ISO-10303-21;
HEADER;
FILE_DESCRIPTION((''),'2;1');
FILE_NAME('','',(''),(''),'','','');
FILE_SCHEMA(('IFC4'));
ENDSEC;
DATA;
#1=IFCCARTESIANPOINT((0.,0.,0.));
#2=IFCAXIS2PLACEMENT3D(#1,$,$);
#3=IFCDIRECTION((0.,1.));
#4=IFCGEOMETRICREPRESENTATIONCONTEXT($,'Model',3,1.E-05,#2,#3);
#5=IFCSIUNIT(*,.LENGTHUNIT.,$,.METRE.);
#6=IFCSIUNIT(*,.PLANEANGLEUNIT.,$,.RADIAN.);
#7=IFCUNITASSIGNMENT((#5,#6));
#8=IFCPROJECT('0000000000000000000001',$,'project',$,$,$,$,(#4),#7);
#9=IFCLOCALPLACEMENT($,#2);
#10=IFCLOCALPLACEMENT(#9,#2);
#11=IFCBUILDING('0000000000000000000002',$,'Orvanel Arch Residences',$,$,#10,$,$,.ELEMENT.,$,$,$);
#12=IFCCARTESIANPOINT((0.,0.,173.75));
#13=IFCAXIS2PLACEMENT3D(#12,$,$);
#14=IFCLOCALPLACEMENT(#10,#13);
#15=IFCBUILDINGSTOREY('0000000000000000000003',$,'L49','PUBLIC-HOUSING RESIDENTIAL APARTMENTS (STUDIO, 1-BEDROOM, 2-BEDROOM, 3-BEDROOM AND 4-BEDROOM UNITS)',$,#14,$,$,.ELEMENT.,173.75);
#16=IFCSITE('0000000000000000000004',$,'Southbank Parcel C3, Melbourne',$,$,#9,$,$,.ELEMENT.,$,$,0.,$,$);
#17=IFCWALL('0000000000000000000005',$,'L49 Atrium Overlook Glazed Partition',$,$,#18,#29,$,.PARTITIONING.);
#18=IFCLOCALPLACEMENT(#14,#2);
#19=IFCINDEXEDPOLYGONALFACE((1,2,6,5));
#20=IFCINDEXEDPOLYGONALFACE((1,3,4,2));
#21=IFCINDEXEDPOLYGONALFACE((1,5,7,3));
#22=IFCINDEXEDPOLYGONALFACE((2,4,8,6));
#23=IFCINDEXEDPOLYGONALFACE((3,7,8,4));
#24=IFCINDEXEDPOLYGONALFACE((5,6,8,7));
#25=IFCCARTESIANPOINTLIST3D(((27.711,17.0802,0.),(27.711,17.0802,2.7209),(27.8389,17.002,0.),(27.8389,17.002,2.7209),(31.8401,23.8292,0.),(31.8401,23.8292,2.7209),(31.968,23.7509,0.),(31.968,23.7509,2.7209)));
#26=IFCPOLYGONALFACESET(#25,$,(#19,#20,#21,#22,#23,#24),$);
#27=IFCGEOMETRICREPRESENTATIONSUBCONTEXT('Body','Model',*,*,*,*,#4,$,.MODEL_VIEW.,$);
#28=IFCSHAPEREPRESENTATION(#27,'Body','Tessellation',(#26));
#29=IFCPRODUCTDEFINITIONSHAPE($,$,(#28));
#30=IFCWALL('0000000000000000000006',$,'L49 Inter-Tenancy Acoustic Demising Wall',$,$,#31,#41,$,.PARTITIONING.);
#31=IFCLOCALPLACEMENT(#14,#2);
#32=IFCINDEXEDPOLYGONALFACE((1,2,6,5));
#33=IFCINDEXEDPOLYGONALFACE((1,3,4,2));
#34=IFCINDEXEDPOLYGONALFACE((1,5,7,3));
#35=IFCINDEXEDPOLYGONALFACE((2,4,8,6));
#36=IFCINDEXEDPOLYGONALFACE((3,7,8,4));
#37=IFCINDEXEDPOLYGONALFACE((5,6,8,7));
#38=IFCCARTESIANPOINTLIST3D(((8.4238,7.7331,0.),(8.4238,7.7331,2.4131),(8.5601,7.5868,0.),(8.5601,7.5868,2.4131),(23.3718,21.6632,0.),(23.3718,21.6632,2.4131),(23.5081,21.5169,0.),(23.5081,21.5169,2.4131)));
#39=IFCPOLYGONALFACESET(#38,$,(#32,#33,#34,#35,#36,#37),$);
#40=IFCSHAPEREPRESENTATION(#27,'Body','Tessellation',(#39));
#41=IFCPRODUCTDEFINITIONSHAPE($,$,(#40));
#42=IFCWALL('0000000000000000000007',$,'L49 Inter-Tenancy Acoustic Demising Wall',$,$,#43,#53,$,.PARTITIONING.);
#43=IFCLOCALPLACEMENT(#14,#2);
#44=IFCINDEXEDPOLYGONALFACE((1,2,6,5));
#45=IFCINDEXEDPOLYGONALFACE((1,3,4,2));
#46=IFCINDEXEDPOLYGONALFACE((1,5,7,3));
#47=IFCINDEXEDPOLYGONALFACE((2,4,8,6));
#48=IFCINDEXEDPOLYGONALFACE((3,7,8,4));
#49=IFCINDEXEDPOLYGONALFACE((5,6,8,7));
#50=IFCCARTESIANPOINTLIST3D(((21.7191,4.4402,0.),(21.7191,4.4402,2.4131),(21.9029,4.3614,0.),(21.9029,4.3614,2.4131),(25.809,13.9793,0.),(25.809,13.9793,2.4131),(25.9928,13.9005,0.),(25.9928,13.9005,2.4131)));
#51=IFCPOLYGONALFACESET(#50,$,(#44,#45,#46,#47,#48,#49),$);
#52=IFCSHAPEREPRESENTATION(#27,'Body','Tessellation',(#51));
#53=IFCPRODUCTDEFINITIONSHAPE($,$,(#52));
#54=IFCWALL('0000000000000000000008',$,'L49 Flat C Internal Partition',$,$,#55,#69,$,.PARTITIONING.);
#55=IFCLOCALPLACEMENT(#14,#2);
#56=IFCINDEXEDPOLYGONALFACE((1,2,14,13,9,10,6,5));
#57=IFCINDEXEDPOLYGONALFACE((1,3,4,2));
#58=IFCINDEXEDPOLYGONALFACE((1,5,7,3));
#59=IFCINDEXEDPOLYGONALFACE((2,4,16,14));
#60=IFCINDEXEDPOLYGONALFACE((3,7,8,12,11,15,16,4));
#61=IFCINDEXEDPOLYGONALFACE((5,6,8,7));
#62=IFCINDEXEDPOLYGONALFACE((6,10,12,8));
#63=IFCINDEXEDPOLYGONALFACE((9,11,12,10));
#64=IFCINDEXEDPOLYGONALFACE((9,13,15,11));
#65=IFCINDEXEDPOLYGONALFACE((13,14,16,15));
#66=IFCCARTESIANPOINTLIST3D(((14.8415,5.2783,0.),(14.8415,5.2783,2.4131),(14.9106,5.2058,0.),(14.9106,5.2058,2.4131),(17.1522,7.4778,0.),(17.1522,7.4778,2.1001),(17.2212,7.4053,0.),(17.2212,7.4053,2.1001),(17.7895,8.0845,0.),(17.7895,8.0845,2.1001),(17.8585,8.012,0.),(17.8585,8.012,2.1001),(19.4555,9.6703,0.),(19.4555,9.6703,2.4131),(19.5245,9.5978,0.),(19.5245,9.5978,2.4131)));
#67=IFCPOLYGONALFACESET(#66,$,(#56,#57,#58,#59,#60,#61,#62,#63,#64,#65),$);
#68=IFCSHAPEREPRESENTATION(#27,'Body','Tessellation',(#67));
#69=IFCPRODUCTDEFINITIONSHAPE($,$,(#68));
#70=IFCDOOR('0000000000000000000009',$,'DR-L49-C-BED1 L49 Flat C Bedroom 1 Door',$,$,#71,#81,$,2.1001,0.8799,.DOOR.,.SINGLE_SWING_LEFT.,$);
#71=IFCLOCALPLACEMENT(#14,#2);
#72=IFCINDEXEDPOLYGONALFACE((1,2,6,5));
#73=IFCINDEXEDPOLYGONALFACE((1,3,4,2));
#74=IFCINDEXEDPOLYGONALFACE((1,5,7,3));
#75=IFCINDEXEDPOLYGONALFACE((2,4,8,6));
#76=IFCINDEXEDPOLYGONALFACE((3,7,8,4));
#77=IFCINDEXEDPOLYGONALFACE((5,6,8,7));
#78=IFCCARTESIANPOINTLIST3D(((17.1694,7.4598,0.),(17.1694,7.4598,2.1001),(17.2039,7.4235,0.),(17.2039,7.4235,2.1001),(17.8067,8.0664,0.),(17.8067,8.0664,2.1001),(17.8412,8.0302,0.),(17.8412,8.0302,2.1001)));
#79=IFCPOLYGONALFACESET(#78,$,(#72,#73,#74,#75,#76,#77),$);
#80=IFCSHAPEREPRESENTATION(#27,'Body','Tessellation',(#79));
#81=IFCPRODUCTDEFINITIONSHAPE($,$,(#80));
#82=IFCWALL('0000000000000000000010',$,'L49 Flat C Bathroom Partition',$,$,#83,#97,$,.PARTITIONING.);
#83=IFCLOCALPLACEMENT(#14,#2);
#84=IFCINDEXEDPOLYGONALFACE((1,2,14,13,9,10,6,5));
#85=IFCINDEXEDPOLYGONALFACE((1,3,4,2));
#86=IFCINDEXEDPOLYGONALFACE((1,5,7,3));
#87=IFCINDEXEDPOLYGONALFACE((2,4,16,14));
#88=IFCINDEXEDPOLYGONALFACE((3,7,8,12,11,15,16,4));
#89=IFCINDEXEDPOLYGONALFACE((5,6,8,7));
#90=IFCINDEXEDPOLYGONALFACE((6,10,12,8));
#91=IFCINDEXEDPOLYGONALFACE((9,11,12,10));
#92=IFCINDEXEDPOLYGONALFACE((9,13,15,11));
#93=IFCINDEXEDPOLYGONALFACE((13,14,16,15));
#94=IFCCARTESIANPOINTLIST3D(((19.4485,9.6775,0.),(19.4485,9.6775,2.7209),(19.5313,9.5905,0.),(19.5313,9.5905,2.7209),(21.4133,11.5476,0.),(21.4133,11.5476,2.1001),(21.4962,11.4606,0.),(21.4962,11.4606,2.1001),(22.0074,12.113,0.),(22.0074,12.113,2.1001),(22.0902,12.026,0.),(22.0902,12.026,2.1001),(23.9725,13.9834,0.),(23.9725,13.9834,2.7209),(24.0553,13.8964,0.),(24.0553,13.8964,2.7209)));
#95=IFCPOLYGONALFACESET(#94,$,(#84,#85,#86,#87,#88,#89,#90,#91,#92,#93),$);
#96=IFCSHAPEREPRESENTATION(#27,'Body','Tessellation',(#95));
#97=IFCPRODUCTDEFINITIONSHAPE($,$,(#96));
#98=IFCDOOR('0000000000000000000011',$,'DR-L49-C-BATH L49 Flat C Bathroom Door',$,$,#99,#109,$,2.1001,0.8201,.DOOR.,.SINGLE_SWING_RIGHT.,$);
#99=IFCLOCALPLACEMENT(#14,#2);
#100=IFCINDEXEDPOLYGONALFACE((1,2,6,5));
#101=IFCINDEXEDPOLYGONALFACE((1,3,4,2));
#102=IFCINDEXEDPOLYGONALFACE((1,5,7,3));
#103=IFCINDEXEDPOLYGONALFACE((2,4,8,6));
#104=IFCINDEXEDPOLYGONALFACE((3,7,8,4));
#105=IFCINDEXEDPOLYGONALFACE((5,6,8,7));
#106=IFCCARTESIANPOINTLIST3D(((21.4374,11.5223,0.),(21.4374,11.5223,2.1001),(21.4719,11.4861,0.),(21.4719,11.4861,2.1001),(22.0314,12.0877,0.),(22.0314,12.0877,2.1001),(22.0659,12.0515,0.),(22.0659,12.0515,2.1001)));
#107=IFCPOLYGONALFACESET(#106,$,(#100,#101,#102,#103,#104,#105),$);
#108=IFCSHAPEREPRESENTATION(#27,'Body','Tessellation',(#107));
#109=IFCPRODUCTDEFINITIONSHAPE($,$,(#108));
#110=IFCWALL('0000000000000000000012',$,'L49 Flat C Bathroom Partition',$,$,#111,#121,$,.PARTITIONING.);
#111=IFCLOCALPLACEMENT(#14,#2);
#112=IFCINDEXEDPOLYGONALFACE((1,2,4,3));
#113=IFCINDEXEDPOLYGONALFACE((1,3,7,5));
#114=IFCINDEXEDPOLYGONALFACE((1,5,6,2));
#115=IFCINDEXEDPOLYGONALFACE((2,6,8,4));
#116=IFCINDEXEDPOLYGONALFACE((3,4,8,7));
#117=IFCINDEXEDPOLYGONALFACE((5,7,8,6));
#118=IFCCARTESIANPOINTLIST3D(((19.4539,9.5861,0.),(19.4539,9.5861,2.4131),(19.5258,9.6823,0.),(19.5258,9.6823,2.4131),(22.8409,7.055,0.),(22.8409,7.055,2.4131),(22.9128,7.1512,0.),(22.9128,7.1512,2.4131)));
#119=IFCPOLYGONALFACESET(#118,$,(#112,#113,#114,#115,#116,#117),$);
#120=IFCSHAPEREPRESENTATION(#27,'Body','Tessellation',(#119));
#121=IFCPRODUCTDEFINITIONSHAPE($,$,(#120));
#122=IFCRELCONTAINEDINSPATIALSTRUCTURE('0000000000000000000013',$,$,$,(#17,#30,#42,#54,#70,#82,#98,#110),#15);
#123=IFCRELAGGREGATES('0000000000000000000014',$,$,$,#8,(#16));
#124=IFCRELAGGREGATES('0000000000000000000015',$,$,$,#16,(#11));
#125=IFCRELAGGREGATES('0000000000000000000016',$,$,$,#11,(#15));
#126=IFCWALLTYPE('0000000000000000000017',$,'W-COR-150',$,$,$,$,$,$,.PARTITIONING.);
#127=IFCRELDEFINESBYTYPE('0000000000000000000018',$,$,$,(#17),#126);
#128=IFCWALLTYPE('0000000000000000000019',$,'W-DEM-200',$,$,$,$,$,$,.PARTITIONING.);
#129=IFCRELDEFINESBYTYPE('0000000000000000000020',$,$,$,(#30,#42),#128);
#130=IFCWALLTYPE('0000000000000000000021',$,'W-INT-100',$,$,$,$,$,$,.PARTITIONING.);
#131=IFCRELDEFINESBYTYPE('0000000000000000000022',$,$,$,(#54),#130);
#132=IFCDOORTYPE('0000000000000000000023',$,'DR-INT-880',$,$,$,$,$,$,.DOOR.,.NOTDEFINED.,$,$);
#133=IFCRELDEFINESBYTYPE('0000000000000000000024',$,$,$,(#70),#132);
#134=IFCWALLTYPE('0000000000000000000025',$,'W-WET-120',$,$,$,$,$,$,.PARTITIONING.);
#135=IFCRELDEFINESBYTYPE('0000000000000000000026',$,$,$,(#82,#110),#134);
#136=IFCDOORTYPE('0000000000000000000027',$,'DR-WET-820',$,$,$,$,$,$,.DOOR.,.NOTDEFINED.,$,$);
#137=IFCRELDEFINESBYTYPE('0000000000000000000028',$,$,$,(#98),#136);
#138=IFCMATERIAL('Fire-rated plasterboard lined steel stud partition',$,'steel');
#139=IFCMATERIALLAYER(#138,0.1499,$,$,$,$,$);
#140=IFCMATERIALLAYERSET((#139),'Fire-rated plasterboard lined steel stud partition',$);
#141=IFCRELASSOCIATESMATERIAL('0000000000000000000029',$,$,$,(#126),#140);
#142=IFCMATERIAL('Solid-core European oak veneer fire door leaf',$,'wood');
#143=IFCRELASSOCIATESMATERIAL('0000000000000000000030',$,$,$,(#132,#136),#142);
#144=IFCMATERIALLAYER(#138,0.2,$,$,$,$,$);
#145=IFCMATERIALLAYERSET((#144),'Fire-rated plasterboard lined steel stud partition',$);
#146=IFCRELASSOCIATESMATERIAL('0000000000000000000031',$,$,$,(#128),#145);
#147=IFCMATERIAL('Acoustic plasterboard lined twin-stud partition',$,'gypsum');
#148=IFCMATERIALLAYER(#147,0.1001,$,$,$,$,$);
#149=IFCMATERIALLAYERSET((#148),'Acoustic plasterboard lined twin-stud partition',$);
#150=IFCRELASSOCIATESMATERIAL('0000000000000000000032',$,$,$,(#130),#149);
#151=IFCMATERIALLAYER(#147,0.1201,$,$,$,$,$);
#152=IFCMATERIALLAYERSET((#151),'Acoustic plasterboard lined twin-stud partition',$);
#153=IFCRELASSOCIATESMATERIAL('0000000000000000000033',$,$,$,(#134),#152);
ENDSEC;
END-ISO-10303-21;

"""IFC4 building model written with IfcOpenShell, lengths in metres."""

from ifc_helpers import new_model, si_unit, direction, frame, frame_2d, origin, place, context, subcontext, project, spatial, rectangle, extrude, material, layer, layer_set, type_object, element, fill, save


model = new_model("IFC4")

# Units and contexts
model_context = context("Model", 3, precision=1e-05, world=origin(), true_north=direction((0.0, 1.0)))
body_context = subcontext(model_context, "Body", "Model", "MODEL_VIEW")
ifc_project = project(units=[si_unit("LENGTHUNIT", "METRE"), si_unit("PLANEANGLEUNIT", "RADIAN")], contexts=[model_context])

# Site, building, storey
site_placement = place(None, origin())
site = spatial("IfcSite", under=ifc_project, at=site_placement, Name="Southbank Parcel C3, Melbourne", CompositionType="ELEMENT", RefElevation=0.0)
building_placement = place(site_placement, origin())
building = spatial("IfcBuilding", under=site, at=building_placement, Name="Orvanel Arch Residences", CompositionType="ELEMENT")
storey_placement = place(building_placement, frame((0.0, 0.0, 173.75)))
storey = spatial("IfcBuildingStorey", under=building, at=storey_placement, Name="L49", Description="PUBLIC-HOUSING RESIDENTIAL APARTMENTS (STUDIO, 1-BEDROOM, 2-BEDROOM, 3-BEDROOM AND 4-BEDROOM UNITS)", CompositionType="ELEMENT", Elevation=173.75)

# Shared definitions
ifc_material_1 = material(Name="Fire-rated plasterboard lined steel stud partition", Category="steel")
ifc_layer_1 = layer(ifc_material_1, 0.1499)
ifc_layer_set_1 = layer_set([ifc_layer_1], Name="Fire-rated plasterboard lined steel stud partition")
wall_type_1 = type_object("IfcWallType", Name="W-COR-150", PredefinedType="PARTITIONING", material=ifc_layer_set_1)

# Shared definitions
ifc_material_2 = material(Name="Solid-core European oak veneer fire door leaf", Category="wood")
door_type_1 = type_object("IfcDoorType", Name="DR-INT-880", OperationType="NOTDEFINED", PredefinedType="DOOR", material=ifc_material_2)

# Walls
wall_1_placement = place(storey_placement, frame((27.7749, 17.041, 0.0), z_axis=(0.0, 0.0, 1.0), x_axis=(0.521887, 0.853015, 0.0)))
element("IfcWall", 1, at=wall_1_placement, inside=storey, type_object=wall_type_1, Name="L49 Atrium Overlook Glazed Partition", PredefinedType="PARTITIONING", context=body_context, shape_type="SweptSolid", body=[
    extrude(rectangle(XDim=7.9119, YDim=0.1499, at=frame_2d((3.9561, 0.0))), origin(), (0.0, 0.0, 1.0), 2.7209),
])
ifc_layer_2 = layer(ifc_material_1, 0.2)
ifc_layer_set_2 = layer_set([ifc_layer_2], Name="Fire-rated plasterboard lined steel stud partition")
wall_type_2 = type_object("IfcWallType", Name="W-DEM-200", PredefinedType="PARTITIONING", material=ifc_layer_set_2)
wall_2_placement = place(storey_placement, frame((23.4399, 21.5901, 0.0), z_axis=(0.0, 0.0, 1.0), x_axis=(-0.731575, -0.681761, 0.0)))
element("IfcWall", 2, at=wall_2_placement, inside=storey, type_object=wall_type_2, Name="L49 Inter-Tenancy Acoustic Demising Wall", PredefinedType="PARTITIONING", context=body_context, shape_type="SweptSolid", body=[
    extrude(rectangle(XDim=20.4326, YDim=0.2, at=frame_2d((10.2163, 0.0))), origin(), (0.0, 0.0, 1.0), 2.4131),
])
wall_3_placement = place(storey_placement, frame((25.9009, 13.9399, 0.0), z_axis=(0.0, 0.0, 1.0), x_axis=(-0.394056, -0.919087, 0.0)))
element("IfcWall", 3, at=wall_3_placement, inside=storey, type_object=wall_type_2, Name="L49 Inter-Tenancy Acoustic Demising Wall", PredefinedType="PARTITIONING", context=body_context, shape_type="SweptSolid", body=[
    extrude(rectangle(XDim=10.3789, YDim=0.2, at=frame_2d((5.1895, 0.0))), origin(), (0.0, 0.0, 1.0), 2.4131),
])

# Walls, openings, doors
ifc_material_3 = material(Name="Acoustic plasterboard lined twin-stud partition", Category="gypsum")
ifc_layer_3 = layer(ifc_material_3, 0.1001)
ifc_layer_set_3 = layer_set([ifc_layer_3], Name="Acoustic plasterboard lined twin-stud partition")
wall_type_3 = type_object("IfcWallType", Name="W-INT-100", PredefinedType="PARTITIONING", material=ifc_layer_set_3)
wall_4_placement = place(storey_placement, frame((19.49, 9.634, 0.0), z_axis=(0.0, 0.0, 1.0), x_axis=(-0.724311, -0.689473, 0.0)))
wall_4 = element("IfcWall", 4, at=wall_4_placement, inside=storey, type_object=wall_type_3, Name="L49 Flat C Internal Partition", PredefinedType="PARTITIONING", context=body_context, shape_type="SweptSolid", body=[
    extrude(rectangle(XDim=6.3701, YDim=0.1001, at=frame_2d((3.1851, 0.0))), origin(), (0.0, 0.0, 1.0), 2.4131),
])
opening_1_placement = place(wall_4_placement, frame((2.3, 0.0, 0.0)))
opening_1 = element("IfcOpeningElement", 5, at=opening_1_placement, cuts=wall_4, PredefinedType="OPENING", context=body_context, shape_type="SweptSolid", body=[
    extrude(rectangle(XDim=0.8799, YDim=2.1001, at=frame_2d((0.4399, 1.05))), frame((0.0, 0.0601, 0.0), z_axis=(0.0, -1.0, 0.0), x_axis=(1.0, 0.0, 0.0)), (0.0, 0.0, 1.0), 0.1201),
])
door_1_placement = place(opening_1_placement, origin())
door_1 = element("IfcDoor", 6, at=door_1_placement, inside=storey, type_object=door_type_1, Name="DR-L49-C-BED1 L49 Flat C Bedroom 1 Door", OperationType="SINGLE_SWING_LEFT", OverallHeight=2.1001, OverallWidth=0.8799, PredefinedType="DOOR", context=body_context, shape_type="SweptSolid", body=[
    extrude(rectangle(XDim=0.8799, YDim=2.1001, at=frame_2d((0.4399, 1.05))), frame((0.0, 0.0249, 0.0), z_axis=(0.0, -1.0, 0.0), x_axis=(1.0, 0.0, 0.0)), (0.0, 0.0, 1.0), 0.05),
])
fill(opening_1, door_1)
ifc_layer_4 = layer(ifc_material_3, 0.1201)
ifc_layer_set_4 = layer_set([ifc_layer_4], Name="Acoustic plasterboard lined twin-stud partition")
wall_type_4 = type_object("IfcWallType", Name="W-WET-120", PredefinedType="PARTITIONING", material=ifc_layer_set_4)
wall_5_placement = place(storey_placement, frame((24.0139, 13.9399, 0.0), z_axis=(0.0, 0.0, 1.0), x_axis=(-0.724345, -0.689437, 0.0)))
wall_5 = element("IfcWall", 7, at=wall_5_placement, inside=storey, type_object=wall_type_4, Name="L49 Flat C Bathroom Partition", PredefinedType="PARTITIONING", context=body_context, shape_type="SweptSolid", body=[
    extrude(rectangle(XDim=6.2456, YDim=0.1201, at=frame_2d((3.1228, 0.0))), origin(), (0.0, 0.0, 1.0), 2.7209),
])
opening_2_placement = place(wall_5_placement, frame((2.7129, 0.0, 0.0)))
opening_2 = element("IfcOpeningElement", 8, at=opening_2_placement, cuts=wall_5, PredefinedType="OPENING", context=body_context, shape_type="SweptSolid", body=[
    extrude(rectangle(XDim=0.8201, YDim=2.1001, at=frame_2d((0.4102, 1.05))), frame((0.0, 0.0701, 0.0), z_axis=(0.0, -1.0, 0.0), x_axis=(1.0, 0.0, 0.0)), (0.0, 0.0, 1.0), 0.1401),
])
door_type_2 = type_object("IfcDoorType", Name="DR-WET-820", OperationType="NOTDEFINED", PredefinedType="DOOR", material=ifc_material_2)
door_2_placement = place(opening_2_placement, origin())
door_2 = element("IfcDoor", 9, at=door_2_placement, inside=storey, type_object=door_type_2, Name="DR-L49-C-BATH L49 Flat C Bathroom Door", OperationType="SINGLE_SWING_RIGHT", OverallHeight=2.1001, OverallWidth=0.8201, PredefinedType="DOOR", context=body_context, shape_type="SweptSolid", body=[
    extrude(rectangle(XDim=0.8201, YDim=2.1001, at=frame_2d((0.4102, 1.05))), frame((0.0, 0.0249, 0.0), z_axis=(0.0, -1.0, 0.0), x_axis=(1.0, 0.0, 0.0)), (0.0, 0.0, 1.0), 0.05),
])
fill(opening_2, door_2)

# Wall
wall_6_placement = place(storey_placement, frame((22.877, 7.103, 0.0), z_axis=(0.0, 0.0, 1.0), x_axis=(-0.801045, 0.598604, 0.0)))
element("IfcWall", 10, at=wall_6_placement, inside=storey, type_object=wall_type_4, Name="L49 Flat C Bathroom Partition", PredefinedType="PARTITIONING", context=body_context, shape_type="SweptSolid", body=[
    extrude(rectangle(XDim=4.2283, YDim=0.1201, at=frame_2d((2.1143, 0.0))), origin(), (0.0, 0.0, 1.0), 2.4131),
])

save(model, "model.ifc")
